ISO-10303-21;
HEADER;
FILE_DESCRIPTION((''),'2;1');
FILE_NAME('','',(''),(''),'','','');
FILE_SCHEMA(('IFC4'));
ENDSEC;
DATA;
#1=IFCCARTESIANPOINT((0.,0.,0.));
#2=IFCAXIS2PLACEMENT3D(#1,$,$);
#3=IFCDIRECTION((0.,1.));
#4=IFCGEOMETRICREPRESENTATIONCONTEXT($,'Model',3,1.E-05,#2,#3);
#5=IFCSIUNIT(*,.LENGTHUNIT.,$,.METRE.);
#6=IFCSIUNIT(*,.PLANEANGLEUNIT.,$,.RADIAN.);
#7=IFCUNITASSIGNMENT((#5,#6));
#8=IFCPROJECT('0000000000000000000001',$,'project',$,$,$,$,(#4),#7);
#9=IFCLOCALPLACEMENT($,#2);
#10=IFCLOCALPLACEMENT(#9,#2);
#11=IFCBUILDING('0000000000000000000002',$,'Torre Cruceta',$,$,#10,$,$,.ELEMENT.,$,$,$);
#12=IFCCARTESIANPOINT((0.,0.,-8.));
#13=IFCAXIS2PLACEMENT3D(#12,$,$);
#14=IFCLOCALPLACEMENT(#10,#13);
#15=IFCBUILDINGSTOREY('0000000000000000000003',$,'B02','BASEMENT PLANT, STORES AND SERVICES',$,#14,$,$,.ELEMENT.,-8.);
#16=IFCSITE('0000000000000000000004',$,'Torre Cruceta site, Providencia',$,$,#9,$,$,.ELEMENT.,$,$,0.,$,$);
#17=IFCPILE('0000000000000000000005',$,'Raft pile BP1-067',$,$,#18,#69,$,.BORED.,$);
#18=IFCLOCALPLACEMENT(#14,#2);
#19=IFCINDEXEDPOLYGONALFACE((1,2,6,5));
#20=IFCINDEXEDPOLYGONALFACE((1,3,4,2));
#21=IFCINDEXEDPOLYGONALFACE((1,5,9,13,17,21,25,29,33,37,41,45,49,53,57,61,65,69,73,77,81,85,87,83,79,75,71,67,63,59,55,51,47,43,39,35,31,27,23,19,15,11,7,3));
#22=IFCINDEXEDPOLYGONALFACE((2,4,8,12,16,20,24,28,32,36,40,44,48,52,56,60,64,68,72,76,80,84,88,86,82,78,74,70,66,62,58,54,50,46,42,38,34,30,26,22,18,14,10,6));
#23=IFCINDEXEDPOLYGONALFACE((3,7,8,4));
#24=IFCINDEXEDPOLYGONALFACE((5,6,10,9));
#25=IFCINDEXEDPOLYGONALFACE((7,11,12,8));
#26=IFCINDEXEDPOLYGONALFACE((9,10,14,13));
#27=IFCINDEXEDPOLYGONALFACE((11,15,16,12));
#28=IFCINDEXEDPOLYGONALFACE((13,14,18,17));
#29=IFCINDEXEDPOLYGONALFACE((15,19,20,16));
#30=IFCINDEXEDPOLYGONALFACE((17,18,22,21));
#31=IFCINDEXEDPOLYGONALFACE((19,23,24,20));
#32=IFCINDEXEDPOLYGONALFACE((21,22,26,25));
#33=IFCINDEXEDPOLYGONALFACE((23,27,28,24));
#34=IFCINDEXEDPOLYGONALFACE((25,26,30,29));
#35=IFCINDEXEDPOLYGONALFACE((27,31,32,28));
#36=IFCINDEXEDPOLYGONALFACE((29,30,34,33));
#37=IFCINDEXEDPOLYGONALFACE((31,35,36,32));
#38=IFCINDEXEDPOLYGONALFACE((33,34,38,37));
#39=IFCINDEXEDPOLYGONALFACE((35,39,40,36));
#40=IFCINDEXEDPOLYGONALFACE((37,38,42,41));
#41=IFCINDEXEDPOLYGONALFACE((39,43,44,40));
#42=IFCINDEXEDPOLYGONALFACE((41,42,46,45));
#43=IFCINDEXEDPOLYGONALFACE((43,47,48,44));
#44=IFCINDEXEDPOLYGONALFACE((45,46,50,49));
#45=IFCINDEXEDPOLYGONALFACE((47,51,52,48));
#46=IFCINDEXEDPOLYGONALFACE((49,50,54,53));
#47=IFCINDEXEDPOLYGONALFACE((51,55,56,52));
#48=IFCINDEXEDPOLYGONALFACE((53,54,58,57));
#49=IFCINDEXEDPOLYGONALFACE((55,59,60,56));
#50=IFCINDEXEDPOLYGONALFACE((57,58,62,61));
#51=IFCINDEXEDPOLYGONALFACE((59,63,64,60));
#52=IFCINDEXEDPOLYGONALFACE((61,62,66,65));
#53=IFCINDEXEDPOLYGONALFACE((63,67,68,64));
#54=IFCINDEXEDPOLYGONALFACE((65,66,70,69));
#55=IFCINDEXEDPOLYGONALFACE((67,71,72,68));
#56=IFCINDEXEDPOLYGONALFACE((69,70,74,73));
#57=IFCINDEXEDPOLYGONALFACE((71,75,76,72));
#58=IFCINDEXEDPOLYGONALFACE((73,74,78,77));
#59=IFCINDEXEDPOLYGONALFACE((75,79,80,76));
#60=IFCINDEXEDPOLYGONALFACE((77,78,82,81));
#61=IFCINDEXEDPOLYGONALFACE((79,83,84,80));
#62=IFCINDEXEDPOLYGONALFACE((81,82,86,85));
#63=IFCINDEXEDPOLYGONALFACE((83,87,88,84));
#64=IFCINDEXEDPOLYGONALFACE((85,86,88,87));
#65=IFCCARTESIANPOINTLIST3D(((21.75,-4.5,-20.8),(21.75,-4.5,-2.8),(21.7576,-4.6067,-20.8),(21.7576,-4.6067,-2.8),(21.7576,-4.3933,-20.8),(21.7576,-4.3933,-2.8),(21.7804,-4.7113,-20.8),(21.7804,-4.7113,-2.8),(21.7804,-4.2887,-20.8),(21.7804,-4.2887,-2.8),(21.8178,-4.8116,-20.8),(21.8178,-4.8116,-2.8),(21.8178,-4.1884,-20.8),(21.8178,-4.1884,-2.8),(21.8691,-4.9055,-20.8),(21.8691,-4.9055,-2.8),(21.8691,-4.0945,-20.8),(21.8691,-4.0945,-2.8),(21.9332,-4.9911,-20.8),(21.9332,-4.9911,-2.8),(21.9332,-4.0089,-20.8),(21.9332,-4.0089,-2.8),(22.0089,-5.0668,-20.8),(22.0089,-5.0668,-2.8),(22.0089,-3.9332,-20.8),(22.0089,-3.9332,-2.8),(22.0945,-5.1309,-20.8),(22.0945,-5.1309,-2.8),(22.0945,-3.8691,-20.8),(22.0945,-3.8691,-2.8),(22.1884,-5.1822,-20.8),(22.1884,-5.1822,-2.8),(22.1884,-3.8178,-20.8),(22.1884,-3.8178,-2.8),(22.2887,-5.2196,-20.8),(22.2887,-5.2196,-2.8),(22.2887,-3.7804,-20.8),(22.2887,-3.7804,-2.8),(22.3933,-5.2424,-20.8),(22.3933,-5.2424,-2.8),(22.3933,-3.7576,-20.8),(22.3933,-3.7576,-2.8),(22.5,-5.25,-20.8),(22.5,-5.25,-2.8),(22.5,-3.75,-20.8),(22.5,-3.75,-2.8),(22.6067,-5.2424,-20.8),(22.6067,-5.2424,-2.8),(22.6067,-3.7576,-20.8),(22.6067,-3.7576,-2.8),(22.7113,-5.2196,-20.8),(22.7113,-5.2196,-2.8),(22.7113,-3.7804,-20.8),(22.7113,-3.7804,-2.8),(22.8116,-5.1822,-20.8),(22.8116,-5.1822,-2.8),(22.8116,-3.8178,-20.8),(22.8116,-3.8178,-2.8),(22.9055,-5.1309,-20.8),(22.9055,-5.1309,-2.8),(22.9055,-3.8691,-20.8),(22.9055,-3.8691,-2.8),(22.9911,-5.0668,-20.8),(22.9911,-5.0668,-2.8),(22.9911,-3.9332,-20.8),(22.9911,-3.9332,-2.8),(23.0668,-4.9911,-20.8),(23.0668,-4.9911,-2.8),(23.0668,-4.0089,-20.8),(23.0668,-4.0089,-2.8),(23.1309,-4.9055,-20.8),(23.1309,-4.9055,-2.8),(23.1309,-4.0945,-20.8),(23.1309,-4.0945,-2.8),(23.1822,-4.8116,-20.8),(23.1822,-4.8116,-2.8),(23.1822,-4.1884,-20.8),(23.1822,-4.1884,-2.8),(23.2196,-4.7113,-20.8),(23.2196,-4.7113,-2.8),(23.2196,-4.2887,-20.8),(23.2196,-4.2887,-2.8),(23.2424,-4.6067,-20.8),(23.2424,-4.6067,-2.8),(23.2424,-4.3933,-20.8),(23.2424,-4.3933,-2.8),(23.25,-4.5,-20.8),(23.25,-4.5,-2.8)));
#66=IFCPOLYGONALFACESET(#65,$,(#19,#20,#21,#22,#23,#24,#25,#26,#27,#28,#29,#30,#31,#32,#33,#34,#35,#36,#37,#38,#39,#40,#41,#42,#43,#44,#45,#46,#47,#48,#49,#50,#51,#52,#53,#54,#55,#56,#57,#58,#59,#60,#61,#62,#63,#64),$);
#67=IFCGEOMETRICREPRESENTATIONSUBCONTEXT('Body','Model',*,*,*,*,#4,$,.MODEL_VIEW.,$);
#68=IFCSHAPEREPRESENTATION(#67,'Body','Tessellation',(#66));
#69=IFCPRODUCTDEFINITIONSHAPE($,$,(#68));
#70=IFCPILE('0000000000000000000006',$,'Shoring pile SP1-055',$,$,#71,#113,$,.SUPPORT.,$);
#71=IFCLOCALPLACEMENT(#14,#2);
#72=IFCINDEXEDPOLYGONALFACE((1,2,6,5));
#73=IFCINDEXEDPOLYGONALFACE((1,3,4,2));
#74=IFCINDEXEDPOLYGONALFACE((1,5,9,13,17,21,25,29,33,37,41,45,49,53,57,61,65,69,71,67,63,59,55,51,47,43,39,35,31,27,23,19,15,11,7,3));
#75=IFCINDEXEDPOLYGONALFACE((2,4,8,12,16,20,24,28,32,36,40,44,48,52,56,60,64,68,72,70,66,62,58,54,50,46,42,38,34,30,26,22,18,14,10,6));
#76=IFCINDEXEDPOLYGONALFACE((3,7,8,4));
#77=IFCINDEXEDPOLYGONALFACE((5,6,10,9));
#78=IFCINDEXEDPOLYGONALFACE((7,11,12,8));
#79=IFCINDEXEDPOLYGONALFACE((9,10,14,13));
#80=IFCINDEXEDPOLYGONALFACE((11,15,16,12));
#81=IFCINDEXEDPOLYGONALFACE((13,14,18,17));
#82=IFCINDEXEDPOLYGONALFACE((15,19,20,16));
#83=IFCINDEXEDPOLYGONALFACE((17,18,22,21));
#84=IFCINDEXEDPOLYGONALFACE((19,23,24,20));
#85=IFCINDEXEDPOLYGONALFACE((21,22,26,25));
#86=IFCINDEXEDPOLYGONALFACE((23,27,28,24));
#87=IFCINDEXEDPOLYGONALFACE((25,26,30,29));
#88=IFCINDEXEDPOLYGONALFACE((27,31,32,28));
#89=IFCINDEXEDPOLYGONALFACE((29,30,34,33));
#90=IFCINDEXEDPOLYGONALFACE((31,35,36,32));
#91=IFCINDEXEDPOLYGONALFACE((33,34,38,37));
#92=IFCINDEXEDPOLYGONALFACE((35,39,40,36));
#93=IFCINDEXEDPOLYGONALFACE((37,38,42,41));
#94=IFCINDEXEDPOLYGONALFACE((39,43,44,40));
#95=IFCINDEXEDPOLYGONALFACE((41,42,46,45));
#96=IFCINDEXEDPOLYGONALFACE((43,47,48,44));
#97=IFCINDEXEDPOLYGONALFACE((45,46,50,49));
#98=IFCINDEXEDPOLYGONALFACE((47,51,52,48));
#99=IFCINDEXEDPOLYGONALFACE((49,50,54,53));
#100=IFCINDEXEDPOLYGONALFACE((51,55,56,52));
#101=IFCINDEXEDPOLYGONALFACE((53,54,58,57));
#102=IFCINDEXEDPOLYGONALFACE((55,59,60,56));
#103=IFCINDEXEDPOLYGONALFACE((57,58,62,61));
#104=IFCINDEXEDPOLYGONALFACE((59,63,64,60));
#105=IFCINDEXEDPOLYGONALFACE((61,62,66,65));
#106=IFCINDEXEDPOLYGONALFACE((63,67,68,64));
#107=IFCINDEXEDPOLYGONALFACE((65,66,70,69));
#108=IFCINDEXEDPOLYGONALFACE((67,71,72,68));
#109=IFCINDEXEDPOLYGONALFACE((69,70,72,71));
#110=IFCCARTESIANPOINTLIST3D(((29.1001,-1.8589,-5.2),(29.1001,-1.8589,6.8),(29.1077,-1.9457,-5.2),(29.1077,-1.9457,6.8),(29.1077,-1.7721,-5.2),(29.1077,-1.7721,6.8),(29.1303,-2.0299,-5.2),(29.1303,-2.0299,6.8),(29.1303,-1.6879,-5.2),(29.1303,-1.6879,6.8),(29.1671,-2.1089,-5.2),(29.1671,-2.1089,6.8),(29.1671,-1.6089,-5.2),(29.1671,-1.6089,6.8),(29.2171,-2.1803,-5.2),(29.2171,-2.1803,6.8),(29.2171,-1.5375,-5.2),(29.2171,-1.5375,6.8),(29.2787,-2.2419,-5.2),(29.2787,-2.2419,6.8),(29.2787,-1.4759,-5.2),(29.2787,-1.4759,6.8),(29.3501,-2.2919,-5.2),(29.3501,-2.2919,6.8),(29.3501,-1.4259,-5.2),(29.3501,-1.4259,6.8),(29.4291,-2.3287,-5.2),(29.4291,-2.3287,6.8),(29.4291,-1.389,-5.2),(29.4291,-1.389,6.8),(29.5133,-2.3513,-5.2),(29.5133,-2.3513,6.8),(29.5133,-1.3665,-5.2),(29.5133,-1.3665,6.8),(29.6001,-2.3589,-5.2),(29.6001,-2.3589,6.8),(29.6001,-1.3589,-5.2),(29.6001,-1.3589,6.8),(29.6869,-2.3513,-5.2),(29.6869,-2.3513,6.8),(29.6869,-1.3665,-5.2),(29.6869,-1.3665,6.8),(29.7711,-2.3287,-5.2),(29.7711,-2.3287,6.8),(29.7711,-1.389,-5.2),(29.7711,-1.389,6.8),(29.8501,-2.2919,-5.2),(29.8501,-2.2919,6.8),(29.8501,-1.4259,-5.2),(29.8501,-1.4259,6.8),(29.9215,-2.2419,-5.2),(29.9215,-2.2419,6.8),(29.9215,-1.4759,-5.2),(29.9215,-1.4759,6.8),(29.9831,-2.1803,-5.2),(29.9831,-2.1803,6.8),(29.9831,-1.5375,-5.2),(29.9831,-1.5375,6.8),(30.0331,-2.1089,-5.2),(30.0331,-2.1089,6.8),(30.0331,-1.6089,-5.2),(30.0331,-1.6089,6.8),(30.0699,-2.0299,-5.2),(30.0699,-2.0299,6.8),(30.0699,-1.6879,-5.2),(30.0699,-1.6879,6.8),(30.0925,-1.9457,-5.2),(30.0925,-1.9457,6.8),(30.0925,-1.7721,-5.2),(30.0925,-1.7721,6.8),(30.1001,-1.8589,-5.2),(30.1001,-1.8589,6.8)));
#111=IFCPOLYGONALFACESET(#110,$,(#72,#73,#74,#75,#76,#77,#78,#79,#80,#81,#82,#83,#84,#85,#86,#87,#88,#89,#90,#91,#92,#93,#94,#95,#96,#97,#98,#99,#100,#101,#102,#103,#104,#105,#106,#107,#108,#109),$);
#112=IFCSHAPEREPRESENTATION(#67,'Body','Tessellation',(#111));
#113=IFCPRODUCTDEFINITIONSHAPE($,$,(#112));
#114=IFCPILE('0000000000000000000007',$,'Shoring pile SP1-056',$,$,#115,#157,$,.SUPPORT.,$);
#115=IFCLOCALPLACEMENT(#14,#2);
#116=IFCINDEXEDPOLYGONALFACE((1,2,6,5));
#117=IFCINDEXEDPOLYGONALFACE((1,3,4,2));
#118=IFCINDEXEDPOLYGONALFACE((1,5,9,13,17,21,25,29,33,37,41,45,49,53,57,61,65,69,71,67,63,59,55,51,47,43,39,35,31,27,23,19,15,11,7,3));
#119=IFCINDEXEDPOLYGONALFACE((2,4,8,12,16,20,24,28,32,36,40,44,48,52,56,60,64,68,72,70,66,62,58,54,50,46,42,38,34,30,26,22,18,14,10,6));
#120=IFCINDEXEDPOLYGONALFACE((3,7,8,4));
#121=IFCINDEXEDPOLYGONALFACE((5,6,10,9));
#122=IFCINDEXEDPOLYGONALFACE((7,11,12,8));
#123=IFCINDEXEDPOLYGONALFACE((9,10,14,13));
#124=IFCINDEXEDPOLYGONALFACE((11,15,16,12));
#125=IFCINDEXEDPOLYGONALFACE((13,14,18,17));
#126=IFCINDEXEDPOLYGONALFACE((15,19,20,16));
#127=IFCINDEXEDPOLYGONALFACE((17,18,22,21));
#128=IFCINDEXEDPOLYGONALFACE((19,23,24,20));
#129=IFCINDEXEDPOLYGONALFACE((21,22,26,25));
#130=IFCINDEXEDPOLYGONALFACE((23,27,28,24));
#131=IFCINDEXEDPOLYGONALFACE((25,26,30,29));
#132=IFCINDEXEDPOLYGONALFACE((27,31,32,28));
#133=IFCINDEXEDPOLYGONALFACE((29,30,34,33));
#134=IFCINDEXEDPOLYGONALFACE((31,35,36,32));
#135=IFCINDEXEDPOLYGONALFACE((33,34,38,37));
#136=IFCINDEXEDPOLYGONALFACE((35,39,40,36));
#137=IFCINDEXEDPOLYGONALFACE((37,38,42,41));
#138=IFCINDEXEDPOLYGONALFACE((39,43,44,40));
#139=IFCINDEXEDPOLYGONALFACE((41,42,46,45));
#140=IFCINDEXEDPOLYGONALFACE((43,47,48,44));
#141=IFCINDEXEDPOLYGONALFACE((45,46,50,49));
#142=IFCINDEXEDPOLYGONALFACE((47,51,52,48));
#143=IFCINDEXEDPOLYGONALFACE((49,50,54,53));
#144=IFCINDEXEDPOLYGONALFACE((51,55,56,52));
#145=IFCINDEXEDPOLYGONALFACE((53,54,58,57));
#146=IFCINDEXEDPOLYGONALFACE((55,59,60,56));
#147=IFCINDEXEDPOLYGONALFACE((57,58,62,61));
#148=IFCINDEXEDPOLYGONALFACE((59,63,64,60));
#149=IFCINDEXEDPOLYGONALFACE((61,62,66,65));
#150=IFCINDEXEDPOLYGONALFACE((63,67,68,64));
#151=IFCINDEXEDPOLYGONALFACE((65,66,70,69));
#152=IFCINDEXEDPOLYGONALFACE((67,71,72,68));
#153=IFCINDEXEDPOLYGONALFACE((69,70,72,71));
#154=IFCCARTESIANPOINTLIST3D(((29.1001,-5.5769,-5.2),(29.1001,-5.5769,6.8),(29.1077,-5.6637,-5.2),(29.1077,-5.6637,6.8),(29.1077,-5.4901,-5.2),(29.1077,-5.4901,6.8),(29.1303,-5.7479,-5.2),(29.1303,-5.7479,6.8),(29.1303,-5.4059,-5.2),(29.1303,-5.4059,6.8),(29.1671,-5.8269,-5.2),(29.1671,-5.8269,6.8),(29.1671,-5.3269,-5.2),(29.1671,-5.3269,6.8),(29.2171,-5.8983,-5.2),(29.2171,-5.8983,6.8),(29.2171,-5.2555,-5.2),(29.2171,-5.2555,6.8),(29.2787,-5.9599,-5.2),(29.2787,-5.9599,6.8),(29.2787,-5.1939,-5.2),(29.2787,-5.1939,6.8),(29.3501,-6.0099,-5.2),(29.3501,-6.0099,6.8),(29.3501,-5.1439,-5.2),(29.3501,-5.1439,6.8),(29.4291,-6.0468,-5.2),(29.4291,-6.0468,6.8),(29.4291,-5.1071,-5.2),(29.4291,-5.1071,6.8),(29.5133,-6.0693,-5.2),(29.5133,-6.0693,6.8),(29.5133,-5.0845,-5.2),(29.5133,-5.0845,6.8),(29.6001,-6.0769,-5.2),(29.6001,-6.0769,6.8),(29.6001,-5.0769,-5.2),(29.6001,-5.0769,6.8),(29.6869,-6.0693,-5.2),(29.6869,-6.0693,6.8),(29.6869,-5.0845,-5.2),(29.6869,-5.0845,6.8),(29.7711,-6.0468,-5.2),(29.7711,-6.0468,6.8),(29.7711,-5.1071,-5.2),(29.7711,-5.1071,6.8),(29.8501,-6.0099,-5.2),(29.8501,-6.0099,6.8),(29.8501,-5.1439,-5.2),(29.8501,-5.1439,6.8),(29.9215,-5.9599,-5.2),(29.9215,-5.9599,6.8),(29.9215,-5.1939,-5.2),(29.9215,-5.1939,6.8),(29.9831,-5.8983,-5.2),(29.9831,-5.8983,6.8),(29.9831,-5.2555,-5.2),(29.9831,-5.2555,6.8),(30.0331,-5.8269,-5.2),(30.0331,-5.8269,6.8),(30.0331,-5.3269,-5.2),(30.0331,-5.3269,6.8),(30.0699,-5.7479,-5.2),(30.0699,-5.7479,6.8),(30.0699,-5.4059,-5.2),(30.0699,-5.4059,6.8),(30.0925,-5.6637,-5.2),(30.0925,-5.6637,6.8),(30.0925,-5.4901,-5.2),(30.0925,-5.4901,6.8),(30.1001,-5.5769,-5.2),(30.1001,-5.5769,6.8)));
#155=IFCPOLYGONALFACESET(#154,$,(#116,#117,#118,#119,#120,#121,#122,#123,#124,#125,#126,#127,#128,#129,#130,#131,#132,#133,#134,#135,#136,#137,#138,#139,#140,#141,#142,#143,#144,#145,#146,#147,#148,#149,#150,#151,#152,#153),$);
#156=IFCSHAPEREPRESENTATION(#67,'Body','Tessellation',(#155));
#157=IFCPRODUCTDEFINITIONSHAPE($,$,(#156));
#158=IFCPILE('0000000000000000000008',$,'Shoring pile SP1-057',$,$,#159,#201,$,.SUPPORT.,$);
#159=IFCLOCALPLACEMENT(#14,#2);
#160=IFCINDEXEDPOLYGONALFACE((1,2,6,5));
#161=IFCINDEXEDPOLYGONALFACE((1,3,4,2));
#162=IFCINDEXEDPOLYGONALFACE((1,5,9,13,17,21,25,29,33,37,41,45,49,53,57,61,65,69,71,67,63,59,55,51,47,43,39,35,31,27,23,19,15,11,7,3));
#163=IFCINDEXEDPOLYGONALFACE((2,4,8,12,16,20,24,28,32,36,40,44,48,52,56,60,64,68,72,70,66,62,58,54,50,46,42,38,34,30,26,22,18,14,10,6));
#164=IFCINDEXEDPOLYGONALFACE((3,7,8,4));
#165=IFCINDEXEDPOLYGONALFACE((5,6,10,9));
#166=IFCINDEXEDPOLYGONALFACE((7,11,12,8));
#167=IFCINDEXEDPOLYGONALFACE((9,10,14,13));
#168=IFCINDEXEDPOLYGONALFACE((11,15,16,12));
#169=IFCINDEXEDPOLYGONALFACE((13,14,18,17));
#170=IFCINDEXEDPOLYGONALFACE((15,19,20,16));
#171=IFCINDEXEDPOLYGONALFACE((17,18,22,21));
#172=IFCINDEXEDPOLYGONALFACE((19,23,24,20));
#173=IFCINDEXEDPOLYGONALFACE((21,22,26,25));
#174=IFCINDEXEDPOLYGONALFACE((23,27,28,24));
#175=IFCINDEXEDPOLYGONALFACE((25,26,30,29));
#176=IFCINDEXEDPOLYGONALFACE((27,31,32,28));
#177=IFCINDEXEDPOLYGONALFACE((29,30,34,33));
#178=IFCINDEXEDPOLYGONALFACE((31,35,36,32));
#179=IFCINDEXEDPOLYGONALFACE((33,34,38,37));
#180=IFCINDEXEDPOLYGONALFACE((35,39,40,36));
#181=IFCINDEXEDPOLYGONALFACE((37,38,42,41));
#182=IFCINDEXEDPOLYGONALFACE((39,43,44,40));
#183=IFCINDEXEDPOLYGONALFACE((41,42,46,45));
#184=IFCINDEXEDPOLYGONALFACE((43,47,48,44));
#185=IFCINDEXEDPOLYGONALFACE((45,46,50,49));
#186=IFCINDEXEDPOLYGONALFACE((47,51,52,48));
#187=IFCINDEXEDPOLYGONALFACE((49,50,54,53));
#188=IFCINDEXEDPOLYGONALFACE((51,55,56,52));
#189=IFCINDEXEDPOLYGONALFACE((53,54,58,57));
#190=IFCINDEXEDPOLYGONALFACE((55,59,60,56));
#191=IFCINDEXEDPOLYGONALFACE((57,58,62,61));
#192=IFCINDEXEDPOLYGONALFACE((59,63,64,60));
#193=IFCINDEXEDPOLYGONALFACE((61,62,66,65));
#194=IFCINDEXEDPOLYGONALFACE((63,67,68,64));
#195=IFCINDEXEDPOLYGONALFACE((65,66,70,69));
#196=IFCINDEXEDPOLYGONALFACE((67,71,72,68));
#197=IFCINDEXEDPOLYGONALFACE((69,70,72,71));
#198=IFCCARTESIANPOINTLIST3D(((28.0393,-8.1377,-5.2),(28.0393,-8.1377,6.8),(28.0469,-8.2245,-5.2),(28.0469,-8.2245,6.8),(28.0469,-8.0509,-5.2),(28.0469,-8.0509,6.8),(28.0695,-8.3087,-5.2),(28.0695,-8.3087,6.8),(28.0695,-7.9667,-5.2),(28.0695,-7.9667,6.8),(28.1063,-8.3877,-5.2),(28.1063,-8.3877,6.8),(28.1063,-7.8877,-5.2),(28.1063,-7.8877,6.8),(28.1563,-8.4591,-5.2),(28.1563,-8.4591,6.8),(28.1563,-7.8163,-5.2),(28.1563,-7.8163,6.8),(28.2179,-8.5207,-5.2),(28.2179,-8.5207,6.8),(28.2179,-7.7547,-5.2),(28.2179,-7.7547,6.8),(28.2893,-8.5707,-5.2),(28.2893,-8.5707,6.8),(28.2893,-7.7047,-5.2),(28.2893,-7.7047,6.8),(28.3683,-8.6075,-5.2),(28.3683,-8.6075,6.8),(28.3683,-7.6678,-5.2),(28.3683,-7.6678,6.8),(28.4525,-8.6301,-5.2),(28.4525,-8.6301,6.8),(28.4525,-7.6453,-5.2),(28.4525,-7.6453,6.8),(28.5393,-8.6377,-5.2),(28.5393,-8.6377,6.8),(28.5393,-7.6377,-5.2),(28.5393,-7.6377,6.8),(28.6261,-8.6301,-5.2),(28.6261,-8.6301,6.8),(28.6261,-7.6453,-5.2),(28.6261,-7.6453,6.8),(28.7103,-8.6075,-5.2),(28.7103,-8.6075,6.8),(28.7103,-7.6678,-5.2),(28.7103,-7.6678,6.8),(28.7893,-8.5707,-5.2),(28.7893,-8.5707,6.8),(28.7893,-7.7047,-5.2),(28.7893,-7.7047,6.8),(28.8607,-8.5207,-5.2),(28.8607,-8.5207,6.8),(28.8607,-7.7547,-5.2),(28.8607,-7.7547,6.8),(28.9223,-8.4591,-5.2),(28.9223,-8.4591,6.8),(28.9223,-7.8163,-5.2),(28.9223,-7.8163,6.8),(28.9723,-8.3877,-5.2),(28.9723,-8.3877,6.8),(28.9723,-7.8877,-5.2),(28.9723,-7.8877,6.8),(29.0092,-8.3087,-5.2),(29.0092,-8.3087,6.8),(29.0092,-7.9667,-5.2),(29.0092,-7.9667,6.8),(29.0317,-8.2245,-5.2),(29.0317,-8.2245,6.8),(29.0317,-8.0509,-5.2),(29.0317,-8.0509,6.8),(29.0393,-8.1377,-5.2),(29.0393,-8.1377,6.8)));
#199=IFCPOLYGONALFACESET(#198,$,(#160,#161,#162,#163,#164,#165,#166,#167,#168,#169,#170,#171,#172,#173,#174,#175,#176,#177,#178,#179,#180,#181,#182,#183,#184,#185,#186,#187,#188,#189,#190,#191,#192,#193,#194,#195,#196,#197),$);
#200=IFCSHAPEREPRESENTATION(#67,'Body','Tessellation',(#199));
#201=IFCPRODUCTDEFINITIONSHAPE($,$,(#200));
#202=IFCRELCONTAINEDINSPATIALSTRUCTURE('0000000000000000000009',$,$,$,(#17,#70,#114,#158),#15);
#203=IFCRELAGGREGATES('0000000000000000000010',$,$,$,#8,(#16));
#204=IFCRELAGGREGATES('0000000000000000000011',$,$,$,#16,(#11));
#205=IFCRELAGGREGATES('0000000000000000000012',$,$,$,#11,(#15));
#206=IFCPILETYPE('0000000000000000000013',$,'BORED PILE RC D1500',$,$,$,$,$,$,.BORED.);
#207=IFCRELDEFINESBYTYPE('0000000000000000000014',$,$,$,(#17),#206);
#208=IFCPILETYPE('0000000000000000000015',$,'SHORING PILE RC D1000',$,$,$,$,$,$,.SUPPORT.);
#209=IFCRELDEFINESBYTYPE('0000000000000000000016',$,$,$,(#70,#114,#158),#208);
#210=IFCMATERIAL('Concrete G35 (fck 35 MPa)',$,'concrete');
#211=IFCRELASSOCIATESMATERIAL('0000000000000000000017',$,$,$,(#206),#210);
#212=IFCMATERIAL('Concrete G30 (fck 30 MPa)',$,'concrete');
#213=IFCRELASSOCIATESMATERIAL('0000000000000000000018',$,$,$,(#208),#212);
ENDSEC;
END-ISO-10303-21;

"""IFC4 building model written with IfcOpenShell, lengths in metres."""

from ifc_helpers import new_model, si_unit, direction, frame, origin, origin_2d, place, context, subcontext, project, spatial, circle, extrude, material, material_profile, profile_set, type_object, element, save


model = new_model("IFC4")

# Units and contexts
model_context = context("Model", 3, precision=1e-05, world=origin(), true_north=direction((0.0, 1.0)))
body_context = subcontext(model_context, "Body", "Model", "MODEL_VIEW")
ifc_project = project(units=[si_unit("LENGTHUNIT", "METRE"), si_unit("PLANEANGLEUNIT", "RADIAN")], contexts=[model_context])

# Site, building, storey
site_placement = place(None, origin())
site = spatial("IfcSite", under=ifc_project, at=site_placement, Name="Torre Cruceta site, Providencia", CompositionType="ELEMENT", RefElevation=0.0)
building_placement = place(site_placement, origin())
building = spatial("IfcBuilding", under=site, at=building_placement, Name="Torre Cruceta", CompositionType="ELEMENT")
storey_placement = place(building_placement, frame((0.0, 0.0, -8.0)))
storey = spatial("IfcBuildingStorey", under=building, at=storey_placement, Name="B02", Description="BASEMENT PLANT, STORES AND SERVICES", CompositionType="ELEMENT", Elevation=-8.0)

# Piles
ifc_material_1 = material(Name="Concrete G35 (fck 35 MPa)", Category="concrete")
ifc_material_profile_1 = material_profile(ifc_material_1, circle(Radius=0.75, at=origin_2d()), Name="RC D1500")
ifc_profile_set_1 = profile_set([ifc_material_profile_1], Name="Concrete G35 (fck 35 MPa)")
pile_type_1 = type_object("IfcPileType", Name="BORED PILE RC D1500", PredefinedType="BORED", material=ifc_profile_set_1)
for number, where, z_axis, x_axis, name in (
    (1, (22.5, -4.5, -2.8), (0.0, 0.0, -1.0), (1.0, 0.0, 0.0), "Raft pile BP1-067"),
):
    element("IfcPile", number, at=place(storey_placement, frame(where, z_axis=z_axis, x_axis=x_axis)), inside=storey, type_object=pile_type_1, Name=name, PredefinedType="BORED", context=body_context, shape_type="SweptSolid", body=[
        extrude(circle(Radius=0.75, at=origin_2d()), origin(), (0.0, 0.0, 1.0), 18.0),
    ])
ifc_material_2 = material(Name="Concrete G30 (fck 30 MPa)", Category="concrete")
ifc_material_profile_2 = material_profile(ifc_material_2, circle(Radius=0.5, at=origin_2d()), Name="RC D1000")
ifc_profile_set_2 = profile_set([ifc_material_profile_2], Name="Concrete G30 (fck 30 MPa)")
pile_type_2 = type_object("IfcPileType", Name="SHORING PILE RC D1000", PredefinedType="SUPPORT", material=ifc_profile_set_2)
for number, where, z_axis, x_axis, name in (
    (2, (29.6001, -1.8589, 6.8), (0.0, 0.0, -1.0), (1.0, 0.0, 0.0), "Shoring pile SP1-055"),
    (3, (29.6001, -5.5769, 6.8), (0.0, 0.0, -1.0), (1.0, 0.0, 0.0), "Shoring pile SP1-056"),
    (4, (28.5393, -8.1377, 6.8), (0.0, 0.0, -1.0), (1.0, 0.0, 0.0), "Shoring pile SP1-057"),
):
    element("IfcPile", number, at=place(storey_placement, frame(where, z_axis=z_axis, x_axis=x_axis)), inside=storey, type_object=pile_type_2, Name=name, PredefinedType="SUPPORT", context=body_context, shape_type="SweptSolid", body=[
        extrude(circle(Radius=0.5, at=origin_2d()), origin(), (0.0, 0.0, 1.0), 12.0),
    ])

save(model, "model.ifc")
